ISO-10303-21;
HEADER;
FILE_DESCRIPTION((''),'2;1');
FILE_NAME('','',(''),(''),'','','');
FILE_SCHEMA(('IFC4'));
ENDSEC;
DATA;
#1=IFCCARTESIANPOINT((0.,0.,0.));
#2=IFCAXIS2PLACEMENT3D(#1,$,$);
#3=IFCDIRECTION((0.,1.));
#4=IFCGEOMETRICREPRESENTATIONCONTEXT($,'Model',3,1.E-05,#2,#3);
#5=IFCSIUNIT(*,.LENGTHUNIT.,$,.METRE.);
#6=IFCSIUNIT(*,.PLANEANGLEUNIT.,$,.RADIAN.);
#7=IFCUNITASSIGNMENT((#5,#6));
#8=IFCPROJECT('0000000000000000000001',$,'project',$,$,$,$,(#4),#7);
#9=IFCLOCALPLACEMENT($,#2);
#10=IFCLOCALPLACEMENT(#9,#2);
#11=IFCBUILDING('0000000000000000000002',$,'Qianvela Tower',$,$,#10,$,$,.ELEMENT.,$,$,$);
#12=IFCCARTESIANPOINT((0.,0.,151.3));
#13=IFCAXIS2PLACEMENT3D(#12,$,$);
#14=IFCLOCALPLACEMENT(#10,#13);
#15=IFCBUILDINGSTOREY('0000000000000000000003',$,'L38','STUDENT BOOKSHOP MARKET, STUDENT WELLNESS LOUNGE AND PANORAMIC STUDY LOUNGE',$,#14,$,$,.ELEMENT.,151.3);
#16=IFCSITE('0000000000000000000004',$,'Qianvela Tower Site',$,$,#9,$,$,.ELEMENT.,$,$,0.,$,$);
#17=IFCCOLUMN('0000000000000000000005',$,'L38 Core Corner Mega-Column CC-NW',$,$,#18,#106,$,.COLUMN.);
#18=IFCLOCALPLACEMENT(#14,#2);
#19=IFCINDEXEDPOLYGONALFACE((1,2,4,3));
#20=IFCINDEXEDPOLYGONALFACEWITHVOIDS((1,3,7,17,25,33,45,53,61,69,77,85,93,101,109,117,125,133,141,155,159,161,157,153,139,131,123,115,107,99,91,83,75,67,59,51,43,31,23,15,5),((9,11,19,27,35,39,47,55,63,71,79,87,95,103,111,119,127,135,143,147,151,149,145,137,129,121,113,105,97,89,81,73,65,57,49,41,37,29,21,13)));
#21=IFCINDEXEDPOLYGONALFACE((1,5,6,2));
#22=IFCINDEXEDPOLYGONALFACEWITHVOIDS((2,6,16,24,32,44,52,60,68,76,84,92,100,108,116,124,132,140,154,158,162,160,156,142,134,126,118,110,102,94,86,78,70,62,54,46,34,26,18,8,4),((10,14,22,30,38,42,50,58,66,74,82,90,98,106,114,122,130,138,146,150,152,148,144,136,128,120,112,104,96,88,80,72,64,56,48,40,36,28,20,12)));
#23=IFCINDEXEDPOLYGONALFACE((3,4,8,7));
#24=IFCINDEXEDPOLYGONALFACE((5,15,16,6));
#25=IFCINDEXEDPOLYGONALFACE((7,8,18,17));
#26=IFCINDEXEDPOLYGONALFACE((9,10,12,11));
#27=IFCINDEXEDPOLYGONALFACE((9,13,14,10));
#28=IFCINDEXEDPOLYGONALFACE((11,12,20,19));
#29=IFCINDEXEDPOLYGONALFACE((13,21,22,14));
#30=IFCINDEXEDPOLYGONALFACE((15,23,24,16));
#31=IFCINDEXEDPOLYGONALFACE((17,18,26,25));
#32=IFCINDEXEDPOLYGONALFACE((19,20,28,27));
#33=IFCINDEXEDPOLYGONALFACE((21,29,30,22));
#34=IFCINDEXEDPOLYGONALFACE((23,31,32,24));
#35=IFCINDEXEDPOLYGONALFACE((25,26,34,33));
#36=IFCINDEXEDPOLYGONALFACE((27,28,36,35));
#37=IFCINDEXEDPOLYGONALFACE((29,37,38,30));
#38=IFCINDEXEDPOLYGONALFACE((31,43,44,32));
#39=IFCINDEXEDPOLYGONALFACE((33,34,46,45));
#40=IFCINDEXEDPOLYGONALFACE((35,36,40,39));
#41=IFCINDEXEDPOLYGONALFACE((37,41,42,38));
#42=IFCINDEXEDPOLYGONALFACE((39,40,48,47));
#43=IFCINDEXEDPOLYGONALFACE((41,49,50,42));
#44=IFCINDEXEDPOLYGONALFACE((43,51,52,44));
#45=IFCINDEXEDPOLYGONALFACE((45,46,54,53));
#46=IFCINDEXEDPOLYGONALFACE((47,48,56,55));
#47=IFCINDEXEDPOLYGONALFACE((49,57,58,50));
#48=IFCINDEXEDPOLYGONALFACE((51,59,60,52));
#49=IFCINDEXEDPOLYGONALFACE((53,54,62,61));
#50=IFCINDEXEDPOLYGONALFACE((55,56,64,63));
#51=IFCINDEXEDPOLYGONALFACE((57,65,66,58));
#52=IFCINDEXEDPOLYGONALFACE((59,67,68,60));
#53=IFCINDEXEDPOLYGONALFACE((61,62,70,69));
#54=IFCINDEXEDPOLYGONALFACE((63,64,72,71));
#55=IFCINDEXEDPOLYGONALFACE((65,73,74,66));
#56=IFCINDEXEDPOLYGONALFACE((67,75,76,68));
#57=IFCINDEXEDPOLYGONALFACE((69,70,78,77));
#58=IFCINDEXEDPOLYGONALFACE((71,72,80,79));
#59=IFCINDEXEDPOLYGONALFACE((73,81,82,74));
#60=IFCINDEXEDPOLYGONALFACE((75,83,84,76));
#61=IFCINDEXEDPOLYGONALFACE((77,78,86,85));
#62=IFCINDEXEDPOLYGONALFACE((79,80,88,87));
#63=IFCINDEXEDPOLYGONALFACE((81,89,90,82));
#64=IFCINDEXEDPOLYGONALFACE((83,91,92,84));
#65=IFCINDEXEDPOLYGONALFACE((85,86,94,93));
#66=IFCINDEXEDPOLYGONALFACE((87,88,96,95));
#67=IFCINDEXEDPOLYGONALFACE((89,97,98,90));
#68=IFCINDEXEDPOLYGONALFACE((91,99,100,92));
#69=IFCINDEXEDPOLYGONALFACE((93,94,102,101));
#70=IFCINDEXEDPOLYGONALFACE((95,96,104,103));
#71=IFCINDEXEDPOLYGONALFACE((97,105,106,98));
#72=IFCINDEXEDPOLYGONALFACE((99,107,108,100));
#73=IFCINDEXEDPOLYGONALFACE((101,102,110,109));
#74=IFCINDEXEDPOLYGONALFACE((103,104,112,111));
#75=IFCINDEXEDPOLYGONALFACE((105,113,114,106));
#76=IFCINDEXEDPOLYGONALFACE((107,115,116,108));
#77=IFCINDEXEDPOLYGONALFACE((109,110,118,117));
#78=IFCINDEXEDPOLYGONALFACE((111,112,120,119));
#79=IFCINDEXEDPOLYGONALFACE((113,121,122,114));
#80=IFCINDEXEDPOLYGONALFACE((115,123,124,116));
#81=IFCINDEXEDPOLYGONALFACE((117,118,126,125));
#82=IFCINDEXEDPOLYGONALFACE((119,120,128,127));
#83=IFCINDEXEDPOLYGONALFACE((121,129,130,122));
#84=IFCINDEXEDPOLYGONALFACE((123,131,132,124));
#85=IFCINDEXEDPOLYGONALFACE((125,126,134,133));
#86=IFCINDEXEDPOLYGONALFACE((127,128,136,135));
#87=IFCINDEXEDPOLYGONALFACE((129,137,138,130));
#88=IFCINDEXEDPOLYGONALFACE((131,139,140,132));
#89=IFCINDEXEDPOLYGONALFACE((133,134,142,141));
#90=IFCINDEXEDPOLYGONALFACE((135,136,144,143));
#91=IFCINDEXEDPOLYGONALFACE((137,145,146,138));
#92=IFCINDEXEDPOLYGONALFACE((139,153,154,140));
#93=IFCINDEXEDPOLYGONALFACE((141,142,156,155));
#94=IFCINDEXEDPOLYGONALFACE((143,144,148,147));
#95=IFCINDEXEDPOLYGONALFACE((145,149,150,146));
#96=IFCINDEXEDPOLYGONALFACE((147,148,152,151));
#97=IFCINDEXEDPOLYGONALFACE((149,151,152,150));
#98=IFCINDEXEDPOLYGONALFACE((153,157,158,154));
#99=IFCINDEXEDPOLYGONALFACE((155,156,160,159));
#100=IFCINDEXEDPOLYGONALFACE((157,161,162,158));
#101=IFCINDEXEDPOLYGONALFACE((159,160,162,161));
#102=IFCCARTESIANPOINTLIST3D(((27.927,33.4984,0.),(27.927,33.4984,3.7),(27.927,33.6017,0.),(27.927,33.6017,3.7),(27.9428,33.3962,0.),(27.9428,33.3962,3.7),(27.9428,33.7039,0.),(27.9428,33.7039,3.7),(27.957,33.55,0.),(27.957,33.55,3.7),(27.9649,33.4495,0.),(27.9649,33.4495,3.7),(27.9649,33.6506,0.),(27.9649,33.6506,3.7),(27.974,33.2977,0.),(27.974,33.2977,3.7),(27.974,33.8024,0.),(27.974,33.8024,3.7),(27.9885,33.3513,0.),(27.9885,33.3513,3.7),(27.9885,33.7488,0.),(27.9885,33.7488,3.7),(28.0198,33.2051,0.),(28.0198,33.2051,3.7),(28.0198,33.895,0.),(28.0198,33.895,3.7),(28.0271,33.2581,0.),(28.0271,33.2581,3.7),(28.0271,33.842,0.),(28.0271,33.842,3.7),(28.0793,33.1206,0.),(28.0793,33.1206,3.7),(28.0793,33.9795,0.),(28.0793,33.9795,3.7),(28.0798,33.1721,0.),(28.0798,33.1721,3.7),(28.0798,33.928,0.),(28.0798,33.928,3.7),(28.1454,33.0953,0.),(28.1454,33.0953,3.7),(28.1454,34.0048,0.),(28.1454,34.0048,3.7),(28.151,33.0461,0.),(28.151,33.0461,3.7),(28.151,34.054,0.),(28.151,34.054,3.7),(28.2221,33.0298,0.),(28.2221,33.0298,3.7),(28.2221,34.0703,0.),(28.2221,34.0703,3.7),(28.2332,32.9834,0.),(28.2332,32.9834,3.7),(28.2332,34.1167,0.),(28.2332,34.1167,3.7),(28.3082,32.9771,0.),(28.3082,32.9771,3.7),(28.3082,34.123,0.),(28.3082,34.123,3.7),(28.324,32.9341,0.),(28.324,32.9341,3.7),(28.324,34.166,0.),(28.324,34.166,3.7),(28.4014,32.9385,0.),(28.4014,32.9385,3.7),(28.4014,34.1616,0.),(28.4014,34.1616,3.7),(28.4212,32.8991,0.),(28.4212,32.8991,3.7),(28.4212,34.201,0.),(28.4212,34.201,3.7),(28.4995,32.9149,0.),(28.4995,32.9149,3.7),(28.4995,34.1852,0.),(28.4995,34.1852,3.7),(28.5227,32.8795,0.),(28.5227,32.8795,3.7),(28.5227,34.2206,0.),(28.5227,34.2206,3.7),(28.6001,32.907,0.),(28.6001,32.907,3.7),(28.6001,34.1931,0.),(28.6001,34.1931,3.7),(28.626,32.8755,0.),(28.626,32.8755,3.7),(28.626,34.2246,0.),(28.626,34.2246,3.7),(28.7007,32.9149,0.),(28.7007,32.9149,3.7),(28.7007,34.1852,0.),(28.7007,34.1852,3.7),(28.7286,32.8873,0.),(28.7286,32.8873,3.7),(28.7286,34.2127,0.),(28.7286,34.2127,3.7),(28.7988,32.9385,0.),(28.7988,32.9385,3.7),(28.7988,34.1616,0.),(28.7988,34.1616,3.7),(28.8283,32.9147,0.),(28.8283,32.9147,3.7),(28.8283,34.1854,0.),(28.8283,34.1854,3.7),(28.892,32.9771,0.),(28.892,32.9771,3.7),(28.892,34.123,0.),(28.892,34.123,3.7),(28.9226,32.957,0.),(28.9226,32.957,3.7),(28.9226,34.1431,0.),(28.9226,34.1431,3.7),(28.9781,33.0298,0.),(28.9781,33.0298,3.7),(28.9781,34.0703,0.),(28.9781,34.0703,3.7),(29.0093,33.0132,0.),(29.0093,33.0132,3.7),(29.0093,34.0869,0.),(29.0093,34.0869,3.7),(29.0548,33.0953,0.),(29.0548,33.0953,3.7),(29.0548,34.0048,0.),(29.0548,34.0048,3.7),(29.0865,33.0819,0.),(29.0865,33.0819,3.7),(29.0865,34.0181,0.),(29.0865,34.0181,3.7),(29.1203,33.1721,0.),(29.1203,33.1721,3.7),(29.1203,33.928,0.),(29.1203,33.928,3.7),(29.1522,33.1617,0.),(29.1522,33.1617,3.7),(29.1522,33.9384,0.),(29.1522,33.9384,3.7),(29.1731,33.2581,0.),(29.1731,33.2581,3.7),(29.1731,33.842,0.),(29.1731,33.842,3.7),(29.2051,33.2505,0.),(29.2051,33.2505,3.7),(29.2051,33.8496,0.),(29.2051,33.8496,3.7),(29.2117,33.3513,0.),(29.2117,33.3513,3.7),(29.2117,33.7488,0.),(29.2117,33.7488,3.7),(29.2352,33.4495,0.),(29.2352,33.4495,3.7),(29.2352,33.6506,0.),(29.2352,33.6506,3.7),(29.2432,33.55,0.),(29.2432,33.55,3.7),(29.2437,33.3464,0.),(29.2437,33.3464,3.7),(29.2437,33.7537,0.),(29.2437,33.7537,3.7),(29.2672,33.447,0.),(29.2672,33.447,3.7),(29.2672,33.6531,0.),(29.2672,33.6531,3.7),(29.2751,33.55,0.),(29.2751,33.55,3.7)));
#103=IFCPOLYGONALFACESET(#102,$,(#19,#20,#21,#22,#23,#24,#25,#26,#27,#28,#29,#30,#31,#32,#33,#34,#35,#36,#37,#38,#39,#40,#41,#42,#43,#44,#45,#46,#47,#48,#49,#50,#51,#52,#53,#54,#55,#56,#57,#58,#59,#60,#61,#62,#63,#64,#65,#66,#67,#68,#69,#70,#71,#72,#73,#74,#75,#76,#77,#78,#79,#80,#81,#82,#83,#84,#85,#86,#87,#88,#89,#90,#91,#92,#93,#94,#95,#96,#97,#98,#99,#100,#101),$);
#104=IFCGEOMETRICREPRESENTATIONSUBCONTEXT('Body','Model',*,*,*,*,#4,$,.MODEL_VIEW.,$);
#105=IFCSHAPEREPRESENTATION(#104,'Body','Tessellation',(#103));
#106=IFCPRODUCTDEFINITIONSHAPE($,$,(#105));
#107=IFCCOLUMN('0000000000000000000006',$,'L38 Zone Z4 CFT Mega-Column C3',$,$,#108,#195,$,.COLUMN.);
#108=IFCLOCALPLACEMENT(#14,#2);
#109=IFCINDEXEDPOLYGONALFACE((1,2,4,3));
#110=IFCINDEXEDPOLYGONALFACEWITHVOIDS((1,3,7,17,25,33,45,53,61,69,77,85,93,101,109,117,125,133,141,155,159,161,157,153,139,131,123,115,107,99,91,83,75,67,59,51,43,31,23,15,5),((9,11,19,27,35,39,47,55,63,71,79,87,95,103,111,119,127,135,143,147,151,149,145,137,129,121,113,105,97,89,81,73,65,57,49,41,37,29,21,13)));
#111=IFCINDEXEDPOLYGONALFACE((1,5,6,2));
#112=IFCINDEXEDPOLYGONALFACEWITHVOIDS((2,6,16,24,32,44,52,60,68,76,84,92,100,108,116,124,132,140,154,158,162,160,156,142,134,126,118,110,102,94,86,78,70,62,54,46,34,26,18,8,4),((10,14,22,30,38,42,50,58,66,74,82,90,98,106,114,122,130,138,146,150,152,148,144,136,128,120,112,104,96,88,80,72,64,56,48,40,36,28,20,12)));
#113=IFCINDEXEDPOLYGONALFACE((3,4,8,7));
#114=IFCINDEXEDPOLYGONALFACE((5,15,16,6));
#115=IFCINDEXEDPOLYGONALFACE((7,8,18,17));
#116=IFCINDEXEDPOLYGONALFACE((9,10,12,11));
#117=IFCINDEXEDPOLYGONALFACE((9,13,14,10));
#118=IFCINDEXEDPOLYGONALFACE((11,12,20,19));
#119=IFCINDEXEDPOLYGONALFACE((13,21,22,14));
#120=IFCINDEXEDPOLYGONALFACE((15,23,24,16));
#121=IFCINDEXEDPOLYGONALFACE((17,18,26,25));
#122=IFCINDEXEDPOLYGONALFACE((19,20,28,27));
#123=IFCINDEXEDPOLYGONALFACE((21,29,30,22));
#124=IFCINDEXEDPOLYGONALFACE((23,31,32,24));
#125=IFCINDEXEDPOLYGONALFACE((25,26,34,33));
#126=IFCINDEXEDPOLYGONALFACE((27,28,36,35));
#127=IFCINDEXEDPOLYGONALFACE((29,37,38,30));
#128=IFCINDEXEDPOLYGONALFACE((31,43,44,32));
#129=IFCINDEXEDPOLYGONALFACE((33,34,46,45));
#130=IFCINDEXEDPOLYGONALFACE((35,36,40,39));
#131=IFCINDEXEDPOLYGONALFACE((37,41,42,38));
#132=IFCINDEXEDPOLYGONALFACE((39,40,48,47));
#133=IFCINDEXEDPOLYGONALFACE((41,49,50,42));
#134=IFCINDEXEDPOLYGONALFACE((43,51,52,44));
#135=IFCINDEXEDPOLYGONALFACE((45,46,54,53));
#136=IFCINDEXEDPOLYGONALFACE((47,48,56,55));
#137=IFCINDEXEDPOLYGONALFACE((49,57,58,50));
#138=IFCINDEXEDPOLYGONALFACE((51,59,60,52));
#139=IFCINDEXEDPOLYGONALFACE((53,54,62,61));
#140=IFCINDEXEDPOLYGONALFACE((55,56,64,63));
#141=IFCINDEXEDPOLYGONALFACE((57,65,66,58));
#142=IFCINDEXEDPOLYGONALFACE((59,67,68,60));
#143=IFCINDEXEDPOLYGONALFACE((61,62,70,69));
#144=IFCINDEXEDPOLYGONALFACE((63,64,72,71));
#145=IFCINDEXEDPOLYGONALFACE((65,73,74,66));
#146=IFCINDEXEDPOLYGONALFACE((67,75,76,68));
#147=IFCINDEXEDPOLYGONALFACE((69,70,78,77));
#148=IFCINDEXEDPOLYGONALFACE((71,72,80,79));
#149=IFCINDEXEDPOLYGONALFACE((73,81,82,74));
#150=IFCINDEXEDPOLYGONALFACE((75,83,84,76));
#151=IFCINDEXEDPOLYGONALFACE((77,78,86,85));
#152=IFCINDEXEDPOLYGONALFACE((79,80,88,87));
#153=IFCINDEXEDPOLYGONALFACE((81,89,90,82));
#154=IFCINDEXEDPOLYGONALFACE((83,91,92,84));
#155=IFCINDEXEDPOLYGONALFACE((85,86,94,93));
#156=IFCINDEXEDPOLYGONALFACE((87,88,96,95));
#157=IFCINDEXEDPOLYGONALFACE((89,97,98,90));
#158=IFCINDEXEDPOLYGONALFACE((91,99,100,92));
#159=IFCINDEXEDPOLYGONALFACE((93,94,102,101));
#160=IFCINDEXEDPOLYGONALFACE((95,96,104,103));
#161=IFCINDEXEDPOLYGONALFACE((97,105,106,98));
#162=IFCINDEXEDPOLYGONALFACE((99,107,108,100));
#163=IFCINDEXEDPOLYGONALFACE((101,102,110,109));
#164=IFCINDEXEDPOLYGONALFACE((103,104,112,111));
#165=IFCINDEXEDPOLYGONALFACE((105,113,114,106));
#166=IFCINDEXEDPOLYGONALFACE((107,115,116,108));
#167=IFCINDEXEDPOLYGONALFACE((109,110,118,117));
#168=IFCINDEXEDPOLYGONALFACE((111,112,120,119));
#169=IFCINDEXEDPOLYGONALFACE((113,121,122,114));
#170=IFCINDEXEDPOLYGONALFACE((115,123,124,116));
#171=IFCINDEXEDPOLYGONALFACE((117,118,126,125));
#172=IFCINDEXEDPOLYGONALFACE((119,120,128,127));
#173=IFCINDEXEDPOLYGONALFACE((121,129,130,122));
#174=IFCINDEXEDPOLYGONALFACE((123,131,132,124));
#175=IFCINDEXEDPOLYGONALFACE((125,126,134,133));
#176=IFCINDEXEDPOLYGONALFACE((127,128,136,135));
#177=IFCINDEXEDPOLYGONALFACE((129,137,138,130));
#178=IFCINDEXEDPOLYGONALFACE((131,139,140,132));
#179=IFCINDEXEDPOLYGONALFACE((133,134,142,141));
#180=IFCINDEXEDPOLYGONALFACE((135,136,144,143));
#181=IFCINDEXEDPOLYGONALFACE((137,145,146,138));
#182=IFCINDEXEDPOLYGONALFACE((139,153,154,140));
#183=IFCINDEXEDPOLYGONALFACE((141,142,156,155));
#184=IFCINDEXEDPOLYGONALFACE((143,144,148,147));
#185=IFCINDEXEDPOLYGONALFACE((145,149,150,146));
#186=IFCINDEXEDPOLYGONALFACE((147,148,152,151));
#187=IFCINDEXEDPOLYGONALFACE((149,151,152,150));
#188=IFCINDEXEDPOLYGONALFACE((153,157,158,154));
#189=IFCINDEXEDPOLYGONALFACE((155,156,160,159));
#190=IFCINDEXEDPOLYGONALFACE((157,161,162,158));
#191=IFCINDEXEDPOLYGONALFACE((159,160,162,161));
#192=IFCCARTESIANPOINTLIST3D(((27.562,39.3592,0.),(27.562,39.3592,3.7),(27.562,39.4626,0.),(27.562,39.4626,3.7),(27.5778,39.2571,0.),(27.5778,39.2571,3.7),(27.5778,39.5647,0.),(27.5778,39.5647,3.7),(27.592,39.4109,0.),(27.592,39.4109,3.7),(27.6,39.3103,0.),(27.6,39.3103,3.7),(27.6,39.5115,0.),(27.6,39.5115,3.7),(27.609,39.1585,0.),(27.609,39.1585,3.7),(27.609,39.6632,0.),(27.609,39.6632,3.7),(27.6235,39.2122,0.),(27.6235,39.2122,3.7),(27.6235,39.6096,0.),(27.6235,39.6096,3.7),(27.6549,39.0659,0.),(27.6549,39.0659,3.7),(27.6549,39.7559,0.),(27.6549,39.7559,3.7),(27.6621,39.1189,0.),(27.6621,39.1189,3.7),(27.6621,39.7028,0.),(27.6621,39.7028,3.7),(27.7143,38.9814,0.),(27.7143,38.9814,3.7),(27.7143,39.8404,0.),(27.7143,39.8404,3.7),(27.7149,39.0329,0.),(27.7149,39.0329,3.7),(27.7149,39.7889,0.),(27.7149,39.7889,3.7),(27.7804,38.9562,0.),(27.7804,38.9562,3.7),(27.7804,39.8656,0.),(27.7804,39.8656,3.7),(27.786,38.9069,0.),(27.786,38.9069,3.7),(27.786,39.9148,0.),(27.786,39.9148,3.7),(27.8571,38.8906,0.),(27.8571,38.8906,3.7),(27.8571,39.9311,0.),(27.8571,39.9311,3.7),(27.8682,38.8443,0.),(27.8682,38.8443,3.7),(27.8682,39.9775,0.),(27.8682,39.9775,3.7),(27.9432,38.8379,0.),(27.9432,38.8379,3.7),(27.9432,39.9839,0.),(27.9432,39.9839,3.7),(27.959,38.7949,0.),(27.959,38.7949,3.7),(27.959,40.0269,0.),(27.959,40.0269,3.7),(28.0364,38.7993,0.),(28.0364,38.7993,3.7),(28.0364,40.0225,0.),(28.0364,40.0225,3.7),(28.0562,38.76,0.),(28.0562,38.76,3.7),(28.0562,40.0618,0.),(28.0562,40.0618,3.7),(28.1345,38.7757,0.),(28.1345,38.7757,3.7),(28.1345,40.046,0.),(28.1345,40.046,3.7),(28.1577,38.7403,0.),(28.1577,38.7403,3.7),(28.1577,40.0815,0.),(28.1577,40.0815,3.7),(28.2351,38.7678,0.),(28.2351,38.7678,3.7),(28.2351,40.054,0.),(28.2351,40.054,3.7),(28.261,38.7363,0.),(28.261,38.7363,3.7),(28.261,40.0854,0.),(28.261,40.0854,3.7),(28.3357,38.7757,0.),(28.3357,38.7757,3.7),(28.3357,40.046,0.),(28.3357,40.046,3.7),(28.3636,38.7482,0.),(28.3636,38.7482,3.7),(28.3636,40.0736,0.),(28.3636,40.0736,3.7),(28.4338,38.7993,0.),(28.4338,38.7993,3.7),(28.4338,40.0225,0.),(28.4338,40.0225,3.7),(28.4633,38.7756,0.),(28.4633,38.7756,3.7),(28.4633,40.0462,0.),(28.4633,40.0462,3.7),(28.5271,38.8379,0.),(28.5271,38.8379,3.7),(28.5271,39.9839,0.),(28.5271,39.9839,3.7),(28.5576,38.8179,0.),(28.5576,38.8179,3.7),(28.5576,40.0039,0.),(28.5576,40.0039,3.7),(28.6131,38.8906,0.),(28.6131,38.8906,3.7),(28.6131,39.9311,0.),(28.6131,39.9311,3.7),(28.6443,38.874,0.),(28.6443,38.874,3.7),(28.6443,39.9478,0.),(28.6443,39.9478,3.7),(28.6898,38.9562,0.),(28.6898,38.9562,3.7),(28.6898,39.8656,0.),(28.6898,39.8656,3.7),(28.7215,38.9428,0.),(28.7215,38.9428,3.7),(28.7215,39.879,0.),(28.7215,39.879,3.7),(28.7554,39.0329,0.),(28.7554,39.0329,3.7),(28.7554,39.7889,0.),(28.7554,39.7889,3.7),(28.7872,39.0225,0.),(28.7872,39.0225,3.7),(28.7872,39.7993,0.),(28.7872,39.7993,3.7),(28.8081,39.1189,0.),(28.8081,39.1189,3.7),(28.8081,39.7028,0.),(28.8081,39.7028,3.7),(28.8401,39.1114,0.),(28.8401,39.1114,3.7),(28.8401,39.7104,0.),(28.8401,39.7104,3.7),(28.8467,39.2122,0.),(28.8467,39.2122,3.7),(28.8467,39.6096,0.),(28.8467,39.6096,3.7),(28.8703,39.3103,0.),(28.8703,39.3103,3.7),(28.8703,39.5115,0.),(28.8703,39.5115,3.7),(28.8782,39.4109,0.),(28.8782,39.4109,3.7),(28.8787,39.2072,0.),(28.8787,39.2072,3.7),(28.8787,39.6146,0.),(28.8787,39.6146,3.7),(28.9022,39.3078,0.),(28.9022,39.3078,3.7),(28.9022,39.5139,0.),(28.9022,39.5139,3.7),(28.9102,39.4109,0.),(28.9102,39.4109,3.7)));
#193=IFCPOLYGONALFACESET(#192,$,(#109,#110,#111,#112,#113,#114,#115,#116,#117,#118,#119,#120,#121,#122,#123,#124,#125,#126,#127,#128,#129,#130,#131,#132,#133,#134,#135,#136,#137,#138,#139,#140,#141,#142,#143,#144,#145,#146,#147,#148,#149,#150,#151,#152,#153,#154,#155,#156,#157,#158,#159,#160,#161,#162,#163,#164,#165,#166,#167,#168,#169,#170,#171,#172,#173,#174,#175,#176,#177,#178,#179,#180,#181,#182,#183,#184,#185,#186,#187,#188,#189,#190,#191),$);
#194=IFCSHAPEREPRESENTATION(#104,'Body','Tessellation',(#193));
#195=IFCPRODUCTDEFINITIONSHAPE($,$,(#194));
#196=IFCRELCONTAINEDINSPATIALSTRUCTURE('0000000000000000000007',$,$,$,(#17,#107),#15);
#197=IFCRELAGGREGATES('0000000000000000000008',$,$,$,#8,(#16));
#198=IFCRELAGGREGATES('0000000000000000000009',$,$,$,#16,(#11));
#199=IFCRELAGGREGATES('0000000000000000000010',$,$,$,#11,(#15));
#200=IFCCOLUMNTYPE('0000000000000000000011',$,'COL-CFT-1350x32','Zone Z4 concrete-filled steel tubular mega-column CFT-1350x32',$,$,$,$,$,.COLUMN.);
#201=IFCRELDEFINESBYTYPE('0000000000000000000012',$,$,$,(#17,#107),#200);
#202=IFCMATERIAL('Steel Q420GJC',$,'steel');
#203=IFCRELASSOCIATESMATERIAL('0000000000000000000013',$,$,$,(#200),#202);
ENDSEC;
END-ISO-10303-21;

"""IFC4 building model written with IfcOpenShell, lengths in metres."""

from ifc_helpers import new_model, si_unit, direction, frame, origin, origin_2d, place, context, subcontext, project, spatial, hollow_circle, extrude, material, material_profile, profile_set, type_object, element, save


model = new_model("IFC4")

# Units and contexts
model_context = context("Model", 3, precision=1e-05, world=origin(), true_north=direction((0.0, 1.0)))
body_context = subcontext(model_context, "Body", "Model", "MODEL_VIEW")
ifc_project = project(units=[si_unit("LENGTHUNIT", "METRE"), si_unit("PLANEANGLEUNIT", "RADIAN")], contexts=[model_context])

# Site, building, storey
site_placement = place(None, origin())
site = spatial("IfcSite", under=ifc_project, at=site_placement, Name="Qianvela Tower Site", CompositionType="ELEMENT", RefElevation=0.0)
building_placement = place(site_placement, origin())
building = spatial("IfcBuilding", under=site, at=building_placement, Name="Qianvela Tower", CompositionType="ELEMENT")
storey_placement = place(building_placement, frame((0.0, 0.0, 151.3)))
storey = spatial("IfcBuildingStorey", under=building, at=storey_placement, Name="L38", Description="STUDENT BOOKSHOP MARKET, STUDENT WELLNESS LOUNGE AND PANORAMIC STUDY LOUNGE", CompositionType="ELEMENT", Elevation=151.3)

# Columns
ifc_material_1 = material(Name="Steel Q420GJC", Category="steel")
ifc_material_profile_1 = material_profile(ifc_material_1, hollow_circle(Radius=0.675, WallThickness=0.032, at=origin_2d()), Name="CFT-1350x32")
ifc_profile_set_1 = profile_set([ifc_material_profile_1], Name="Steel Q420GJC")
column_type = type_object("IfcColumnType", Name="COL-CFT-1350x32", Description="Zone Z4 concrete-filled steel tubular mega-column CFT-1350x32", PredefinedType="COLUMN", material=ifc_profile_set_1)
for number, where, z_axis, x_axis, name in (
    (1, (28.6001, 33.55, 0.0), (0.0, 0.0, 1.0), (1.0, 0.0, 0.0), "L38 Core Corner Mega-Column CC-NW"),
    (2, (28.2351, 39.4109, 0.0), (0.0, 0.0, 1.0), (1.0, 0.0, 0.0), "L38 Zone Z4 CFT Mega-Column C3"),
):
    element("IfcColumn", number, at=place(storey_placement, frame(where, z_axis=z_axis, x_axis=x_axis)), inside=storey, type_object=column_type, Name=name, PredefinedType="COLUMN", context=body_context, shape_type="SweptSolid", body=[
        extrude(hollow_circle(Radius=0.675, WallThickness=0.032, at=origin_2d()), origin(), (0.0, 0.0, 1.0), 3.7),
    ])

save(model, "model.ifc")
